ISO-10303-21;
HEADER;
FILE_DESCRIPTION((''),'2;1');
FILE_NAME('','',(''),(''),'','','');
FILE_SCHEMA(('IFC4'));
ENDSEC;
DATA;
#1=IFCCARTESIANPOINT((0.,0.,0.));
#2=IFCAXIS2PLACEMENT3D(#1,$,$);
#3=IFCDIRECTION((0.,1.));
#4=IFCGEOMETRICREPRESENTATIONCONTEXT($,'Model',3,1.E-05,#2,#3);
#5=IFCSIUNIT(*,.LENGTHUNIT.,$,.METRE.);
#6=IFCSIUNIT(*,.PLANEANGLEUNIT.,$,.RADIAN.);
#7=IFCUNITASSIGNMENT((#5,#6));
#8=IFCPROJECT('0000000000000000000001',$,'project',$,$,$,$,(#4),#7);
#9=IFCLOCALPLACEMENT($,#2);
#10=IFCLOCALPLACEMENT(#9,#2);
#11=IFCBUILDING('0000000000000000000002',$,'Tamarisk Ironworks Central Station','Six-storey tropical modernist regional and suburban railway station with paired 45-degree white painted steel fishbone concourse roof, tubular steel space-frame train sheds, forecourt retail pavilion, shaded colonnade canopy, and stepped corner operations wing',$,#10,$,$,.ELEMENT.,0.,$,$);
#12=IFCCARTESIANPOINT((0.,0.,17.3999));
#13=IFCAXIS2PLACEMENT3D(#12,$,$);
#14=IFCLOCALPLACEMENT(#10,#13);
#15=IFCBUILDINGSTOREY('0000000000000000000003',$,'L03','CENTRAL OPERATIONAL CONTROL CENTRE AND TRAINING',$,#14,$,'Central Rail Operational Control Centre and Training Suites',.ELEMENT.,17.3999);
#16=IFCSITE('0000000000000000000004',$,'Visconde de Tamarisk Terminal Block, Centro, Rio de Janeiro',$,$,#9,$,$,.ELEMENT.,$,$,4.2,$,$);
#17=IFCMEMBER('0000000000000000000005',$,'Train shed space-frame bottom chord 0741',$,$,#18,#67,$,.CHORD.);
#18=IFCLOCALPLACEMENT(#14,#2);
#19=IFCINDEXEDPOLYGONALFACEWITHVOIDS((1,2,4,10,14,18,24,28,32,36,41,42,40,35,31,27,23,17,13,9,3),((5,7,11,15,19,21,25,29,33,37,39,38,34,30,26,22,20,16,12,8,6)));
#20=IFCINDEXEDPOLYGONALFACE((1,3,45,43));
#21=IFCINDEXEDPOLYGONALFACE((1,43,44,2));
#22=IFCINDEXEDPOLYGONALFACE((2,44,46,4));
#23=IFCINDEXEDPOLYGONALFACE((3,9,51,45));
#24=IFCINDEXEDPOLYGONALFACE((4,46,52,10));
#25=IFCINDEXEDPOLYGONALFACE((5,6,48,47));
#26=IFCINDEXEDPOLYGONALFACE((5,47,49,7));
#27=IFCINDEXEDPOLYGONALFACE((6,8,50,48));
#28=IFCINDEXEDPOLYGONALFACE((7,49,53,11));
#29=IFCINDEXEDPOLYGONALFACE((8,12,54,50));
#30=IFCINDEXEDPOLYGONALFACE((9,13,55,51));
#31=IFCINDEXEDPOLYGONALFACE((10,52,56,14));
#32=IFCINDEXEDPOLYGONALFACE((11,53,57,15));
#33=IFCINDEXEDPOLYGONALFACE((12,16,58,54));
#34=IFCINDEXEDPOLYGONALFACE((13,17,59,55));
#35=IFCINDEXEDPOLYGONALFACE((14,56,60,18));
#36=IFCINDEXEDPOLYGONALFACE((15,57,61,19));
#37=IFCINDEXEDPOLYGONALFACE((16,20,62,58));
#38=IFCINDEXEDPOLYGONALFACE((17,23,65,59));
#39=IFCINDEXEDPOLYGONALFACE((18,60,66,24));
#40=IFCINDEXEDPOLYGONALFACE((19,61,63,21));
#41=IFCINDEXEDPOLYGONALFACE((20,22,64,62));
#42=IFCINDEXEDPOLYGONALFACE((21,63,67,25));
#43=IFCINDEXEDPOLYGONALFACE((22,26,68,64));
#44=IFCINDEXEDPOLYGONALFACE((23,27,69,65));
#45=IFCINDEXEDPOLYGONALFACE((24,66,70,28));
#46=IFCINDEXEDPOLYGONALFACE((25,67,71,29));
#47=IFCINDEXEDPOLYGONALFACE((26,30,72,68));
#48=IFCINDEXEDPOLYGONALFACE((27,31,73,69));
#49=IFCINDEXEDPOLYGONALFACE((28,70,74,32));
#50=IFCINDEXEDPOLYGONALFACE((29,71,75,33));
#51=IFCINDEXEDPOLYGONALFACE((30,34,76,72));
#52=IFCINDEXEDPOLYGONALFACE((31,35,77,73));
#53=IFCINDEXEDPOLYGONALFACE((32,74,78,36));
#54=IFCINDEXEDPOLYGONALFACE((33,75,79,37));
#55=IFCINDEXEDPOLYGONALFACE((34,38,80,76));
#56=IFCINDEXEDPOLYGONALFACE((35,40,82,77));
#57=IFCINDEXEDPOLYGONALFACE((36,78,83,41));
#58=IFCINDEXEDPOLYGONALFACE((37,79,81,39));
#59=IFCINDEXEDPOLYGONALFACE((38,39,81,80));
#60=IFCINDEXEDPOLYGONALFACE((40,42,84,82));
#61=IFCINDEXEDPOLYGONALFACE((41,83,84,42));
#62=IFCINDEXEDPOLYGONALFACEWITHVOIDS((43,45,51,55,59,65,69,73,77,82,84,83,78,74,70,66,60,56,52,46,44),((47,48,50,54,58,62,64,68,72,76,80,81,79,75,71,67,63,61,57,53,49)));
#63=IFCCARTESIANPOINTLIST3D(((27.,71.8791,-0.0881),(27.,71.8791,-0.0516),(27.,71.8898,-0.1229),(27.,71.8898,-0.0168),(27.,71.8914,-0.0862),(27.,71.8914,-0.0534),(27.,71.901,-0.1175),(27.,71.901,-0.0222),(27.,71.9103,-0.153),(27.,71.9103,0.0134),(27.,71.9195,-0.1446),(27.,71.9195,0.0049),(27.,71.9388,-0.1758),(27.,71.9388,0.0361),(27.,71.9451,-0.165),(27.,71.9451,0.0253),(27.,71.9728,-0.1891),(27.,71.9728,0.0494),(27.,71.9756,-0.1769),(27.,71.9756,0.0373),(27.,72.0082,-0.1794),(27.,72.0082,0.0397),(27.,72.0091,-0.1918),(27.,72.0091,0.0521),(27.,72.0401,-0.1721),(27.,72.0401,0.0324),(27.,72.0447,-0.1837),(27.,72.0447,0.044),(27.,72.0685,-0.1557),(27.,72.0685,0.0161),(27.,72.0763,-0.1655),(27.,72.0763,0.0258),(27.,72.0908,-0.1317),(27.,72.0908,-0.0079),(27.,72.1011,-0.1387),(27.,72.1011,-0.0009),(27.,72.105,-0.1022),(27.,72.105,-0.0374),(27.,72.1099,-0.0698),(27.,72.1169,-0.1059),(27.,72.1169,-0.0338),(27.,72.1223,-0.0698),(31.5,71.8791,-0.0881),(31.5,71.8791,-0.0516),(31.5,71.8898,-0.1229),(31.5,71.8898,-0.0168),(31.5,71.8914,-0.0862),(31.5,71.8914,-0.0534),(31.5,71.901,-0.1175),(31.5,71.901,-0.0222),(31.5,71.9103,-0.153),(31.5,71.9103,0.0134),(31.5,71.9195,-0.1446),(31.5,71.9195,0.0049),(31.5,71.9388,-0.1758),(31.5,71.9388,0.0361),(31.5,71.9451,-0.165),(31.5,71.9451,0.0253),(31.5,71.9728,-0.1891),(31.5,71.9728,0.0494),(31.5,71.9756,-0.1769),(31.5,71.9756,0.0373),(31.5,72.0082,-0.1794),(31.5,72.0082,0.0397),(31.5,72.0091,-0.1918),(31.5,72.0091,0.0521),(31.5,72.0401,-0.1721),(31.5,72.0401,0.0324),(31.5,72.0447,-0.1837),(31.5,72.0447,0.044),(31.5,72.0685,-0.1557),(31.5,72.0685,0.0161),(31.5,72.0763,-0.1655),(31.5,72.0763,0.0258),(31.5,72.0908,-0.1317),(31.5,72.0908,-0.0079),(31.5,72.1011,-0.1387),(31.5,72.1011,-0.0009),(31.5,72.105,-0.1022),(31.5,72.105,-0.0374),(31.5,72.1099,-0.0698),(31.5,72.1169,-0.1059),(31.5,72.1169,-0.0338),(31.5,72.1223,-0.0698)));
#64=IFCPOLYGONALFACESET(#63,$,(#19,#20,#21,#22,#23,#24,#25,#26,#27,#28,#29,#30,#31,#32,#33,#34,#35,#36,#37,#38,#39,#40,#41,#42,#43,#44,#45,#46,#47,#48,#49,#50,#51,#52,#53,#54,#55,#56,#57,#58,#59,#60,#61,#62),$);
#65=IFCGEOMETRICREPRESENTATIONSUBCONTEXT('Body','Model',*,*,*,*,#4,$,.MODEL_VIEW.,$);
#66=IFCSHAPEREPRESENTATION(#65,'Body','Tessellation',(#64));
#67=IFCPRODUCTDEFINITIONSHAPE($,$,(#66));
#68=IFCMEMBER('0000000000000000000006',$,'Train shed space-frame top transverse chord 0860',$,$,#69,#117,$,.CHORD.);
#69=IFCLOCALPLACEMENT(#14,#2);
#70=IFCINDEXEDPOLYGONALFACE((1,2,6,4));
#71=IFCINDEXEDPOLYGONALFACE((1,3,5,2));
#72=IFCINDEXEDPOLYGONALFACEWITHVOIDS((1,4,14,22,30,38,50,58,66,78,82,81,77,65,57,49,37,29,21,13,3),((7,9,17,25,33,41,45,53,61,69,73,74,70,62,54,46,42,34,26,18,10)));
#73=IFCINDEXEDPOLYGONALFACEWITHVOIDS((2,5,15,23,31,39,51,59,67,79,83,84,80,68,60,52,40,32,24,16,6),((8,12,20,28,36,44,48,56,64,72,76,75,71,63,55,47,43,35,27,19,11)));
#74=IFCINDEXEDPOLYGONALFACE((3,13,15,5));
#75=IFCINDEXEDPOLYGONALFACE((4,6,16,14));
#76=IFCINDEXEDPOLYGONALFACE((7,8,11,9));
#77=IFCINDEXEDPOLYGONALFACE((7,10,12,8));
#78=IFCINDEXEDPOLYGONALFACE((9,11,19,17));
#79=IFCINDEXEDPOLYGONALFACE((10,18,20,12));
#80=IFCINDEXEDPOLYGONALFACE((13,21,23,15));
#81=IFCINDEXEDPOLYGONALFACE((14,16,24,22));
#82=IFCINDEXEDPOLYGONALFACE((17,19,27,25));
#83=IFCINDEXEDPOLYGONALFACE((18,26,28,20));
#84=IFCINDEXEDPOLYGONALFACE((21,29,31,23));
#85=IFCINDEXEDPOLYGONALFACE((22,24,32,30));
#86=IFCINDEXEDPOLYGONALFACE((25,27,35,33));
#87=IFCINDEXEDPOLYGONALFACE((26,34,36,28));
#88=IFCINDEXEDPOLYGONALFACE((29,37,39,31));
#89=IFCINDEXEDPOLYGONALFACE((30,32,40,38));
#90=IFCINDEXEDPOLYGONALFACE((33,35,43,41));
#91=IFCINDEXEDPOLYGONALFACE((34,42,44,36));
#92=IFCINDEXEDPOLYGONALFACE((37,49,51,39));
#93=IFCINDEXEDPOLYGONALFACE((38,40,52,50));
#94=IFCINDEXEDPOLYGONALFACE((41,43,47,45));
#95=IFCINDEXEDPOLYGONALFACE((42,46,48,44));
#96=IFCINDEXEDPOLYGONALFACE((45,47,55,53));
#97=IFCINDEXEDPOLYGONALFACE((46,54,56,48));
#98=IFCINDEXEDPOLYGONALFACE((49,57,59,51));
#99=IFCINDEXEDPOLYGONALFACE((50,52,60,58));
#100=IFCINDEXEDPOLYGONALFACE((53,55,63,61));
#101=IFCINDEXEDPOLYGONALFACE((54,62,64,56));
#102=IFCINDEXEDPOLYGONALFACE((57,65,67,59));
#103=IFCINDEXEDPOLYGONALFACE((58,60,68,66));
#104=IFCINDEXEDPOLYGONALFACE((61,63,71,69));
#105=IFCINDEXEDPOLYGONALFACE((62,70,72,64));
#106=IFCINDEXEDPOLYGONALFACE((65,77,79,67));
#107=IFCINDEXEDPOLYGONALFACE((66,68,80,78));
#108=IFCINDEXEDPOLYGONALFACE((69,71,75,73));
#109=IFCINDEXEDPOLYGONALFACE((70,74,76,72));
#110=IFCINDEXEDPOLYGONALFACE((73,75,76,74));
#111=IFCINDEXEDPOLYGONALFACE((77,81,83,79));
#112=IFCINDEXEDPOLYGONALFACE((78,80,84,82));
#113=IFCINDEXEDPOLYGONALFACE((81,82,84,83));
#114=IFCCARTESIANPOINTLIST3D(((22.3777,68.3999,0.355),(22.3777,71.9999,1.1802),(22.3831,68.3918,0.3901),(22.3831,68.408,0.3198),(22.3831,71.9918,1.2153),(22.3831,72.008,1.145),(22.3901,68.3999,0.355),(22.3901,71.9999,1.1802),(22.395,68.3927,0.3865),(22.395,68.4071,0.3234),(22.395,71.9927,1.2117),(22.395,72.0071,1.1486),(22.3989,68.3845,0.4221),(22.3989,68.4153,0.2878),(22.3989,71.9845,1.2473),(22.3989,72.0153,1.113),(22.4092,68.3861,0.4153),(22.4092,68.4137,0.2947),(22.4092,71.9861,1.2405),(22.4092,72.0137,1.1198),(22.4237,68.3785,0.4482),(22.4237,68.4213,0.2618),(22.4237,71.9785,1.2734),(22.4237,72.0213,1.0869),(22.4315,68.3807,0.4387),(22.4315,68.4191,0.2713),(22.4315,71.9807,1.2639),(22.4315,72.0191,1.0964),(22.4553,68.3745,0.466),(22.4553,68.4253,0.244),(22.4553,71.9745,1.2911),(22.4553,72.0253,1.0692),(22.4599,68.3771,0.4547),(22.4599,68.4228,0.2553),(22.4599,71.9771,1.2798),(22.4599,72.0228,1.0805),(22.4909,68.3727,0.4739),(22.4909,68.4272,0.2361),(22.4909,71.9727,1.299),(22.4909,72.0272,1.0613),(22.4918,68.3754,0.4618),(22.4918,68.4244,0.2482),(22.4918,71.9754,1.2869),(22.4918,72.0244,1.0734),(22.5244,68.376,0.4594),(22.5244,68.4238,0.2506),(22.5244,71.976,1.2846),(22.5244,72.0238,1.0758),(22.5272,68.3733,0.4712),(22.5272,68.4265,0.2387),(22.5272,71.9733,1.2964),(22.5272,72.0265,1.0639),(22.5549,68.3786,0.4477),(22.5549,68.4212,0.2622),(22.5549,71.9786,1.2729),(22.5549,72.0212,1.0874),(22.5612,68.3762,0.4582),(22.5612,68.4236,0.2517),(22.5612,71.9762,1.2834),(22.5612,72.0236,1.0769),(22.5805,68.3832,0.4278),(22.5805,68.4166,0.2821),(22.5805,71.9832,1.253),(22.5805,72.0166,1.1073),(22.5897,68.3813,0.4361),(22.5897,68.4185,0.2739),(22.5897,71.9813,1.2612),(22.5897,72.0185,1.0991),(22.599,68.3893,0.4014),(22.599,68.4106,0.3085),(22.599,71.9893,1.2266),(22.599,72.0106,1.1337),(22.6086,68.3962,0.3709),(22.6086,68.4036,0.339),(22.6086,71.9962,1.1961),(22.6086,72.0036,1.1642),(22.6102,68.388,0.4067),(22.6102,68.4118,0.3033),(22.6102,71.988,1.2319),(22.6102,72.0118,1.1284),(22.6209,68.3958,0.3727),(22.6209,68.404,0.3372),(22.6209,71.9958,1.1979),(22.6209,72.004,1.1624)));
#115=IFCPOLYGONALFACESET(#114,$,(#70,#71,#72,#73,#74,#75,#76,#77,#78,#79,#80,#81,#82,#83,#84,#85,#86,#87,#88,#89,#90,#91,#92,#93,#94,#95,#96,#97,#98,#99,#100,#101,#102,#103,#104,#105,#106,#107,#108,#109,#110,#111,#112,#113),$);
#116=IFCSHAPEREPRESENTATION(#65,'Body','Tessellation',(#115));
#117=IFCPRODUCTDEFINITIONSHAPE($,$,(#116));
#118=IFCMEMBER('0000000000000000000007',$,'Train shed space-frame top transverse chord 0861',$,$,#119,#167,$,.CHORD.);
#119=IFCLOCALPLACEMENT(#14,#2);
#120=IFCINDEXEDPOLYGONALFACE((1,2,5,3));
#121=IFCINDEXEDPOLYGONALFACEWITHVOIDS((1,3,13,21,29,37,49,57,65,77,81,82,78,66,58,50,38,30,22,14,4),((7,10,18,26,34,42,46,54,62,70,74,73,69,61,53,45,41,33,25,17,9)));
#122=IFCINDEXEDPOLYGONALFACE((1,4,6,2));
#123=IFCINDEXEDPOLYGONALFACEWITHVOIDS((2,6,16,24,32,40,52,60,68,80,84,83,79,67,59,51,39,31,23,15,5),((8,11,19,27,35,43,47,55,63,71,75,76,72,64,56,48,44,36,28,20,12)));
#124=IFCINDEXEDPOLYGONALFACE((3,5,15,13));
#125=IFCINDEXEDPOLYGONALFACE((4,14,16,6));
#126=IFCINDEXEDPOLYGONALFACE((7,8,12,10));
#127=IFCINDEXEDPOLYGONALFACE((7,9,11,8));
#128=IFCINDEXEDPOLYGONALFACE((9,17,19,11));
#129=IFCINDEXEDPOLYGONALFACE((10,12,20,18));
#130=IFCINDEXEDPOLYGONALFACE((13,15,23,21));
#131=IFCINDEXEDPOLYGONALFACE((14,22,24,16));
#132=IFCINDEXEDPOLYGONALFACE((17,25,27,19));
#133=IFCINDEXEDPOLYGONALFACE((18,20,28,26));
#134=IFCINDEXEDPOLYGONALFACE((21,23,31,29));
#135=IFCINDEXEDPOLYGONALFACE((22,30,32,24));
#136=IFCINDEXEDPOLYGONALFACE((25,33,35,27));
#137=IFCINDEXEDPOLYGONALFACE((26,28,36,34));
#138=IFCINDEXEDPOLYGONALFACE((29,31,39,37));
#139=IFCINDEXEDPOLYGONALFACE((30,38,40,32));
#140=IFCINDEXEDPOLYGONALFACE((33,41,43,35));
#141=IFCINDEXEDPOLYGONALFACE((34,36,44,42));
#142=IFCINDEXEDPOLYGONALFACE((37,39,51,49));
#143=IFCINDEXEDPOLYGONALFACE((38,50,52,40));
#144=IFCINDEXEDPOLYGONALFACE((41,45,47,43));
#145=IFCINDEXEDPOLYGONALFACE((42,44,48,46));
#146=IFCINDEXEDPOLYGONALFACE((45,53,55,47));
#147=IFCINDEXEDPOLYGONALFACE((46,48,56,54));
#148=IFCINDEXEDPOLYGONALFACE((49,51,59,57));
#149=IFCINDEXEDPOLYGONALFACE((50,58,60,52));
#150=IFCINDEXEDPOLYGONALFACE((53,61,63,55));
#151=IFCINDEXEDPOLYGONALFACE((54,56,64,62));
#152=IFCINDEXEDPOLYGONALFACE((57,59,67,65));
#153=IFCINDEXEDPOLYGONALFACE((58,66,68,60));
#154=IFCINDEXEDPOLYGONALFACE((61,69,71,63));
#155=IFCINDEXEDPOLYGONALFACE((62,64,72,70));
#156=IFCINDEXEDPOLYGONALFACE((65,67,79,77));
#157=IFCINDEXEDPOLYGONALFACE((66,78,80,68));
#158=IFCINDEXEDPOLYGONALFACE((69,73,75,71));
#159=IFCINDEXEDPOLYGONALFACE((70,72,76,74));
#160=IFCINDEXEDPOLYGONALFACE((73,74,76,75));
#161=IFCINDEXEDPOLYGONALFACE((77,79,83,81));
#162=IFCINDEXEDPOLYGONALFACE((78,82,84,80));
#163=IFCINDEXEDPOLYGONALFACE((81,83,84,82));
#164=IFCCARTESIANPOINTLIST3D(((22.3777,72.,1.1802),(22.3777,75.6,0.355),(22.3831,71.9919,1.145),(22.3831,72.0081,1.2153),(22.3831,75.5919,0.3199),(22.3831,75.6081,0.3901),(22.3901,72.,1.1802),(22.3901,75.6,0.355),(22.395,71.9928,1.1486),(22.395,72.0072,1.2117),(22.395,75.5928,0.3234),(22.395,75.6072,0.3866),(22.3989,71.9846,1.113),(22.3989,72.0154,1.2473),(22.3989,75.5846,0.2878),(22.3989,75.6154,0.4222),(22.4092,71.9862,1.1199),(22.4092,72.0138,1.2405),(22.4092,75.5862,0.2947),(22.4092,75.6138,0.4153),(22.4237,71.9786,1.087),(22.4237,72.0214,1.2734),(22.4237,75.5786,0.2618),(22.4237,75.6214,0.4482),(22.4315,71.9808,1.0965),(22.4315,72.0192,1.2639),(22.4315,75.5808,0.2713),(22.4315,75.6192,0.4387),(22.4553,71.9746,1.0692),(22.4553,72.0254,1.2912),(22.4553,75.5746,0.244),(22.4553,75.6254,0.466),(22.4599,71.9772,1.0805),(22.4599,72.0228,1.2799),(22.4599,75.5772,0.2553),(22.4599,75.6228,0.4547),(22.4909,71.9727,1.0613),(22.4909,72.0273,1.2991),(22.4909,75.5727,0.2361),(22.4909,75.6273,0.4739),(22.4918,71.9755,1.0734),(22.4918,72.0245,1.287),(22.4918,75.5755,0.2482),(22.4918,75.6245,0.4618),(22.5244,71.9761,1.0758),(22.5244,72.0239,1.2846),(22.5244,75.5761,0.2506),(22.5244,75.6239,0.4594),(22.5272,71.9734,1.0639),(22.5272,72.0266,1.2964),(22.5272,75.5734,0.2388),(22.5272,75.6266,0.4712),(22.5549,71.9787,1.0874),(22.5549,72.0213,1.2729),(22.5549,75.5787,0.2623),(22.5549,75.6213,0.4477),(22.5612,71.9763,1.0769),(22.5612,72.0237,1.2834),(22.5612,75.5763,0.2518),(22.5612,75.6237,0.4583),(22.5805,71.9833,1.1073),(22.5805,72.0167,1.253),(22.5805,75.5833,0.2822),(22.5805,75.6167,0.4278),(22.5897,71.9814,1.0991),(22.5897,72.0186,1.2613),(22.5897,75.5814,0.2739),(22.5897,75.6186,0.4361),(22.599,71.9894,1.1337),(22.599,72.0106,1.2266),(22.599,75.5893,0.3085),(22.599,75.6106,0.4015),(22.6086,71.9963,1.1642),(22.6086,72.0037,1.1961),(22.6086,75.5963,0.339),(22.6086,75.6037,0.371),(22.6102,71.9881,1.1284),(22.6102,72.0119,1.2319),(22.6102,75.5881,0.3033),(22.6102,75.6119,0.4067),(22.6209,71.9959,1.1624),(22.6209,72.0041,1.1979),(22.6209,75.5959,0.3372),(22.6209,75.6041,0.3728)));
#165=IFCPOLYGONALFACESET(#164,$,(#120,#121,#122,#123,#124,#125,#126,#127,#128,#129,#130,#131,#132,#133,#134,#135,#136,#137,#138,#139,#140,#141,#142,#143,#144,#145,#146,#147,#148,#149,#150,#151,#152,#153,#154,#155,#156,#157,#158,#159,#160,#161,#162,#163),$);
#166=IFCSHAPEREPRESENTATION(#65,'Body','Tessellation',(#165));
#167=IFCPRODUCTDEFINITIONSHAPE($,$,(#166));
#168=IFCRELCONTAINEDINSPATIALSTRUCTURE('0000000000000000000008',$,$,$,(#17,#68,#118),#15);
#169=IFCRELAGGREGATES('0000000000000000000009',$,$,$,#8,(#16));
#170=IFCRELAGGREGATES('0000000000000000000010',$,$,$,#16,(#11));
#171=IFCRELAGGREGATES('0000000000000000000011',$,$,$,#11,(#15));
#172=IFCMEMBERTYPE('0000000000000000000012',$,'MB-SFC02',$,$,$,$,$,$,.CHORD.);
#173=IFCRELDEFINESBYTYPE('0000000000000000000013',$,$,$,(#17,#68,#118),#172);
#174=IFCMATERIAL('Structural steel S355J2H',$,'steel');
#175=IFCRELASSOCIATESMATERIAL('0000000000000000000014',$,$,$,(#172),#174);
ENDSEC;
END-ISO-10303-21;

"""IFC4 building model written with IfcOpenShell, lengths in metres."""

from ifc_helpers import new_model, si_unit, direction, frame, origin, origin_2d, place, context, subcontext, project, spatial, hollow_circle, extrude, material, material_profile, profile_set, type_object, element, save


model = new_model("IFC4")

# Units and contexts
model_context = context("Model", 3, precision=1e-05, world=origin(), true_north=direction((0.0, 1.0)))
body_context = subcontext(model_context, "Body", "Model", "MODEL_VIEW")
ifc_project = project(units=[si_unit("LENGTHUNIT", "METRE"), si_unit("PLANEANGLEUNIT", "RADIAN")], contexts=[model_context])

# Site, building, storey
site_placement = place(None, origin())
site = spatial("IfcSite", under=ifc_project, at=site_placement, Name="Visconde de Tamarisk Terminal Block, Centro, Rio de Janeiro", CompositionType="ELEMENT", RefElevation=4.2)
building_placement = place(site_placement, origin())
building = spatial("IfcBuilding", under=site, at=building_placement, Name="Tamarisk Ironworks Central Station", Description="Six-storey tropical modernist regional and suburban railway station with paired 45-degree white painted steel fishbone concourse roof, tubular steel space-frame train sheds, forecourt retail pavilion, shaded colonnade canopy, and stepped corner operations wing", CompositionType="ELEMENT", ElevationOfRefHeight=0.0)
storey_placement = place(building_placement, frame((0.0, 0.0, 17.3999)))
storey = spatial("IfcBuildingStorey", under=building, at=storey_placement, Name="L03", Description="CENTRAL OPERATIONAL CONTROL CENTRE AND TRAINING", LongName="Central Rail Operational Control Centre and Training Suites", CompositionType="ELEMENT", Elevation=17.3999)

# Members
ifc_material = material(Name="Structural steel S355J2H", Category="steel")
ifc_material_profile_1 = material_profile(ifc_material, hollow_circle(Radius=0.1223, WallThickness=0.0125, at=origin_2d()), Name="CHS 244.5x12.5")
ifc_profile_set_1 = profile_set([ifc_material_profile_1], Name="Structural steel S355J2H")
member_type_1 = type_object("IfcMemberType", Name="MB-SFC02", PredefinedType="CHORD", material=ifc_profile_set_1)
for number, where, z_axis, x_axis, name in (
    (1, (27.0, 72.0, -0.0698), (1.0, 0.0, 0.0), (0.0, 1.0, 0.0), "Train shed space-frame bottom chord 0741"),
):
    element("IfcMember", number, at=place(storey_placement, frame(where, z_axis=z_axis, x_axis=x_axis)), inside=storey, type_object=member_type_1, Name=name, PredefinedType="CHORD", context=body_context, shape_type="SweptSolid", body=[
        extrude(hollow_circle(Radius=0.1223, WallThickness=0.0125, at=origin_2d()), origin(), (0.0, 0.0, 1.0), 4.5),
    ])
for number, where, z_axis, x_axis, name in (
    (2, (22.5, 68.3999, 0.355), (0.0, 0.974722, 0.223421), (-1.0, 0.0, 0.0), "Train shed space-frame top transverse chord 0860"),
    (3, (22.5, 72.0, 1.1802), (0.0, 0.974722, -0.223421), (-1.0, 0.0, 0.0), "Train shed space-frame top transverse chord 0861"),
):
    element("IfcMember", number, at=place(storey_placement, frame(where, z_axis=z_axis, x_axis=x_axis)), inside=storey, type_object=member_type_1, Name=name, PredefinedType="CHORD", context=body_context, shape_type="SweptSolid", body=[
        extrude(hollow_circle(Radius=0.1223, WallThickness=0.0125, at=origin_2d()), origin(), (0.0, 0.0, 1.0), 3.6934),
    ])

save(model, "model.ifc")
